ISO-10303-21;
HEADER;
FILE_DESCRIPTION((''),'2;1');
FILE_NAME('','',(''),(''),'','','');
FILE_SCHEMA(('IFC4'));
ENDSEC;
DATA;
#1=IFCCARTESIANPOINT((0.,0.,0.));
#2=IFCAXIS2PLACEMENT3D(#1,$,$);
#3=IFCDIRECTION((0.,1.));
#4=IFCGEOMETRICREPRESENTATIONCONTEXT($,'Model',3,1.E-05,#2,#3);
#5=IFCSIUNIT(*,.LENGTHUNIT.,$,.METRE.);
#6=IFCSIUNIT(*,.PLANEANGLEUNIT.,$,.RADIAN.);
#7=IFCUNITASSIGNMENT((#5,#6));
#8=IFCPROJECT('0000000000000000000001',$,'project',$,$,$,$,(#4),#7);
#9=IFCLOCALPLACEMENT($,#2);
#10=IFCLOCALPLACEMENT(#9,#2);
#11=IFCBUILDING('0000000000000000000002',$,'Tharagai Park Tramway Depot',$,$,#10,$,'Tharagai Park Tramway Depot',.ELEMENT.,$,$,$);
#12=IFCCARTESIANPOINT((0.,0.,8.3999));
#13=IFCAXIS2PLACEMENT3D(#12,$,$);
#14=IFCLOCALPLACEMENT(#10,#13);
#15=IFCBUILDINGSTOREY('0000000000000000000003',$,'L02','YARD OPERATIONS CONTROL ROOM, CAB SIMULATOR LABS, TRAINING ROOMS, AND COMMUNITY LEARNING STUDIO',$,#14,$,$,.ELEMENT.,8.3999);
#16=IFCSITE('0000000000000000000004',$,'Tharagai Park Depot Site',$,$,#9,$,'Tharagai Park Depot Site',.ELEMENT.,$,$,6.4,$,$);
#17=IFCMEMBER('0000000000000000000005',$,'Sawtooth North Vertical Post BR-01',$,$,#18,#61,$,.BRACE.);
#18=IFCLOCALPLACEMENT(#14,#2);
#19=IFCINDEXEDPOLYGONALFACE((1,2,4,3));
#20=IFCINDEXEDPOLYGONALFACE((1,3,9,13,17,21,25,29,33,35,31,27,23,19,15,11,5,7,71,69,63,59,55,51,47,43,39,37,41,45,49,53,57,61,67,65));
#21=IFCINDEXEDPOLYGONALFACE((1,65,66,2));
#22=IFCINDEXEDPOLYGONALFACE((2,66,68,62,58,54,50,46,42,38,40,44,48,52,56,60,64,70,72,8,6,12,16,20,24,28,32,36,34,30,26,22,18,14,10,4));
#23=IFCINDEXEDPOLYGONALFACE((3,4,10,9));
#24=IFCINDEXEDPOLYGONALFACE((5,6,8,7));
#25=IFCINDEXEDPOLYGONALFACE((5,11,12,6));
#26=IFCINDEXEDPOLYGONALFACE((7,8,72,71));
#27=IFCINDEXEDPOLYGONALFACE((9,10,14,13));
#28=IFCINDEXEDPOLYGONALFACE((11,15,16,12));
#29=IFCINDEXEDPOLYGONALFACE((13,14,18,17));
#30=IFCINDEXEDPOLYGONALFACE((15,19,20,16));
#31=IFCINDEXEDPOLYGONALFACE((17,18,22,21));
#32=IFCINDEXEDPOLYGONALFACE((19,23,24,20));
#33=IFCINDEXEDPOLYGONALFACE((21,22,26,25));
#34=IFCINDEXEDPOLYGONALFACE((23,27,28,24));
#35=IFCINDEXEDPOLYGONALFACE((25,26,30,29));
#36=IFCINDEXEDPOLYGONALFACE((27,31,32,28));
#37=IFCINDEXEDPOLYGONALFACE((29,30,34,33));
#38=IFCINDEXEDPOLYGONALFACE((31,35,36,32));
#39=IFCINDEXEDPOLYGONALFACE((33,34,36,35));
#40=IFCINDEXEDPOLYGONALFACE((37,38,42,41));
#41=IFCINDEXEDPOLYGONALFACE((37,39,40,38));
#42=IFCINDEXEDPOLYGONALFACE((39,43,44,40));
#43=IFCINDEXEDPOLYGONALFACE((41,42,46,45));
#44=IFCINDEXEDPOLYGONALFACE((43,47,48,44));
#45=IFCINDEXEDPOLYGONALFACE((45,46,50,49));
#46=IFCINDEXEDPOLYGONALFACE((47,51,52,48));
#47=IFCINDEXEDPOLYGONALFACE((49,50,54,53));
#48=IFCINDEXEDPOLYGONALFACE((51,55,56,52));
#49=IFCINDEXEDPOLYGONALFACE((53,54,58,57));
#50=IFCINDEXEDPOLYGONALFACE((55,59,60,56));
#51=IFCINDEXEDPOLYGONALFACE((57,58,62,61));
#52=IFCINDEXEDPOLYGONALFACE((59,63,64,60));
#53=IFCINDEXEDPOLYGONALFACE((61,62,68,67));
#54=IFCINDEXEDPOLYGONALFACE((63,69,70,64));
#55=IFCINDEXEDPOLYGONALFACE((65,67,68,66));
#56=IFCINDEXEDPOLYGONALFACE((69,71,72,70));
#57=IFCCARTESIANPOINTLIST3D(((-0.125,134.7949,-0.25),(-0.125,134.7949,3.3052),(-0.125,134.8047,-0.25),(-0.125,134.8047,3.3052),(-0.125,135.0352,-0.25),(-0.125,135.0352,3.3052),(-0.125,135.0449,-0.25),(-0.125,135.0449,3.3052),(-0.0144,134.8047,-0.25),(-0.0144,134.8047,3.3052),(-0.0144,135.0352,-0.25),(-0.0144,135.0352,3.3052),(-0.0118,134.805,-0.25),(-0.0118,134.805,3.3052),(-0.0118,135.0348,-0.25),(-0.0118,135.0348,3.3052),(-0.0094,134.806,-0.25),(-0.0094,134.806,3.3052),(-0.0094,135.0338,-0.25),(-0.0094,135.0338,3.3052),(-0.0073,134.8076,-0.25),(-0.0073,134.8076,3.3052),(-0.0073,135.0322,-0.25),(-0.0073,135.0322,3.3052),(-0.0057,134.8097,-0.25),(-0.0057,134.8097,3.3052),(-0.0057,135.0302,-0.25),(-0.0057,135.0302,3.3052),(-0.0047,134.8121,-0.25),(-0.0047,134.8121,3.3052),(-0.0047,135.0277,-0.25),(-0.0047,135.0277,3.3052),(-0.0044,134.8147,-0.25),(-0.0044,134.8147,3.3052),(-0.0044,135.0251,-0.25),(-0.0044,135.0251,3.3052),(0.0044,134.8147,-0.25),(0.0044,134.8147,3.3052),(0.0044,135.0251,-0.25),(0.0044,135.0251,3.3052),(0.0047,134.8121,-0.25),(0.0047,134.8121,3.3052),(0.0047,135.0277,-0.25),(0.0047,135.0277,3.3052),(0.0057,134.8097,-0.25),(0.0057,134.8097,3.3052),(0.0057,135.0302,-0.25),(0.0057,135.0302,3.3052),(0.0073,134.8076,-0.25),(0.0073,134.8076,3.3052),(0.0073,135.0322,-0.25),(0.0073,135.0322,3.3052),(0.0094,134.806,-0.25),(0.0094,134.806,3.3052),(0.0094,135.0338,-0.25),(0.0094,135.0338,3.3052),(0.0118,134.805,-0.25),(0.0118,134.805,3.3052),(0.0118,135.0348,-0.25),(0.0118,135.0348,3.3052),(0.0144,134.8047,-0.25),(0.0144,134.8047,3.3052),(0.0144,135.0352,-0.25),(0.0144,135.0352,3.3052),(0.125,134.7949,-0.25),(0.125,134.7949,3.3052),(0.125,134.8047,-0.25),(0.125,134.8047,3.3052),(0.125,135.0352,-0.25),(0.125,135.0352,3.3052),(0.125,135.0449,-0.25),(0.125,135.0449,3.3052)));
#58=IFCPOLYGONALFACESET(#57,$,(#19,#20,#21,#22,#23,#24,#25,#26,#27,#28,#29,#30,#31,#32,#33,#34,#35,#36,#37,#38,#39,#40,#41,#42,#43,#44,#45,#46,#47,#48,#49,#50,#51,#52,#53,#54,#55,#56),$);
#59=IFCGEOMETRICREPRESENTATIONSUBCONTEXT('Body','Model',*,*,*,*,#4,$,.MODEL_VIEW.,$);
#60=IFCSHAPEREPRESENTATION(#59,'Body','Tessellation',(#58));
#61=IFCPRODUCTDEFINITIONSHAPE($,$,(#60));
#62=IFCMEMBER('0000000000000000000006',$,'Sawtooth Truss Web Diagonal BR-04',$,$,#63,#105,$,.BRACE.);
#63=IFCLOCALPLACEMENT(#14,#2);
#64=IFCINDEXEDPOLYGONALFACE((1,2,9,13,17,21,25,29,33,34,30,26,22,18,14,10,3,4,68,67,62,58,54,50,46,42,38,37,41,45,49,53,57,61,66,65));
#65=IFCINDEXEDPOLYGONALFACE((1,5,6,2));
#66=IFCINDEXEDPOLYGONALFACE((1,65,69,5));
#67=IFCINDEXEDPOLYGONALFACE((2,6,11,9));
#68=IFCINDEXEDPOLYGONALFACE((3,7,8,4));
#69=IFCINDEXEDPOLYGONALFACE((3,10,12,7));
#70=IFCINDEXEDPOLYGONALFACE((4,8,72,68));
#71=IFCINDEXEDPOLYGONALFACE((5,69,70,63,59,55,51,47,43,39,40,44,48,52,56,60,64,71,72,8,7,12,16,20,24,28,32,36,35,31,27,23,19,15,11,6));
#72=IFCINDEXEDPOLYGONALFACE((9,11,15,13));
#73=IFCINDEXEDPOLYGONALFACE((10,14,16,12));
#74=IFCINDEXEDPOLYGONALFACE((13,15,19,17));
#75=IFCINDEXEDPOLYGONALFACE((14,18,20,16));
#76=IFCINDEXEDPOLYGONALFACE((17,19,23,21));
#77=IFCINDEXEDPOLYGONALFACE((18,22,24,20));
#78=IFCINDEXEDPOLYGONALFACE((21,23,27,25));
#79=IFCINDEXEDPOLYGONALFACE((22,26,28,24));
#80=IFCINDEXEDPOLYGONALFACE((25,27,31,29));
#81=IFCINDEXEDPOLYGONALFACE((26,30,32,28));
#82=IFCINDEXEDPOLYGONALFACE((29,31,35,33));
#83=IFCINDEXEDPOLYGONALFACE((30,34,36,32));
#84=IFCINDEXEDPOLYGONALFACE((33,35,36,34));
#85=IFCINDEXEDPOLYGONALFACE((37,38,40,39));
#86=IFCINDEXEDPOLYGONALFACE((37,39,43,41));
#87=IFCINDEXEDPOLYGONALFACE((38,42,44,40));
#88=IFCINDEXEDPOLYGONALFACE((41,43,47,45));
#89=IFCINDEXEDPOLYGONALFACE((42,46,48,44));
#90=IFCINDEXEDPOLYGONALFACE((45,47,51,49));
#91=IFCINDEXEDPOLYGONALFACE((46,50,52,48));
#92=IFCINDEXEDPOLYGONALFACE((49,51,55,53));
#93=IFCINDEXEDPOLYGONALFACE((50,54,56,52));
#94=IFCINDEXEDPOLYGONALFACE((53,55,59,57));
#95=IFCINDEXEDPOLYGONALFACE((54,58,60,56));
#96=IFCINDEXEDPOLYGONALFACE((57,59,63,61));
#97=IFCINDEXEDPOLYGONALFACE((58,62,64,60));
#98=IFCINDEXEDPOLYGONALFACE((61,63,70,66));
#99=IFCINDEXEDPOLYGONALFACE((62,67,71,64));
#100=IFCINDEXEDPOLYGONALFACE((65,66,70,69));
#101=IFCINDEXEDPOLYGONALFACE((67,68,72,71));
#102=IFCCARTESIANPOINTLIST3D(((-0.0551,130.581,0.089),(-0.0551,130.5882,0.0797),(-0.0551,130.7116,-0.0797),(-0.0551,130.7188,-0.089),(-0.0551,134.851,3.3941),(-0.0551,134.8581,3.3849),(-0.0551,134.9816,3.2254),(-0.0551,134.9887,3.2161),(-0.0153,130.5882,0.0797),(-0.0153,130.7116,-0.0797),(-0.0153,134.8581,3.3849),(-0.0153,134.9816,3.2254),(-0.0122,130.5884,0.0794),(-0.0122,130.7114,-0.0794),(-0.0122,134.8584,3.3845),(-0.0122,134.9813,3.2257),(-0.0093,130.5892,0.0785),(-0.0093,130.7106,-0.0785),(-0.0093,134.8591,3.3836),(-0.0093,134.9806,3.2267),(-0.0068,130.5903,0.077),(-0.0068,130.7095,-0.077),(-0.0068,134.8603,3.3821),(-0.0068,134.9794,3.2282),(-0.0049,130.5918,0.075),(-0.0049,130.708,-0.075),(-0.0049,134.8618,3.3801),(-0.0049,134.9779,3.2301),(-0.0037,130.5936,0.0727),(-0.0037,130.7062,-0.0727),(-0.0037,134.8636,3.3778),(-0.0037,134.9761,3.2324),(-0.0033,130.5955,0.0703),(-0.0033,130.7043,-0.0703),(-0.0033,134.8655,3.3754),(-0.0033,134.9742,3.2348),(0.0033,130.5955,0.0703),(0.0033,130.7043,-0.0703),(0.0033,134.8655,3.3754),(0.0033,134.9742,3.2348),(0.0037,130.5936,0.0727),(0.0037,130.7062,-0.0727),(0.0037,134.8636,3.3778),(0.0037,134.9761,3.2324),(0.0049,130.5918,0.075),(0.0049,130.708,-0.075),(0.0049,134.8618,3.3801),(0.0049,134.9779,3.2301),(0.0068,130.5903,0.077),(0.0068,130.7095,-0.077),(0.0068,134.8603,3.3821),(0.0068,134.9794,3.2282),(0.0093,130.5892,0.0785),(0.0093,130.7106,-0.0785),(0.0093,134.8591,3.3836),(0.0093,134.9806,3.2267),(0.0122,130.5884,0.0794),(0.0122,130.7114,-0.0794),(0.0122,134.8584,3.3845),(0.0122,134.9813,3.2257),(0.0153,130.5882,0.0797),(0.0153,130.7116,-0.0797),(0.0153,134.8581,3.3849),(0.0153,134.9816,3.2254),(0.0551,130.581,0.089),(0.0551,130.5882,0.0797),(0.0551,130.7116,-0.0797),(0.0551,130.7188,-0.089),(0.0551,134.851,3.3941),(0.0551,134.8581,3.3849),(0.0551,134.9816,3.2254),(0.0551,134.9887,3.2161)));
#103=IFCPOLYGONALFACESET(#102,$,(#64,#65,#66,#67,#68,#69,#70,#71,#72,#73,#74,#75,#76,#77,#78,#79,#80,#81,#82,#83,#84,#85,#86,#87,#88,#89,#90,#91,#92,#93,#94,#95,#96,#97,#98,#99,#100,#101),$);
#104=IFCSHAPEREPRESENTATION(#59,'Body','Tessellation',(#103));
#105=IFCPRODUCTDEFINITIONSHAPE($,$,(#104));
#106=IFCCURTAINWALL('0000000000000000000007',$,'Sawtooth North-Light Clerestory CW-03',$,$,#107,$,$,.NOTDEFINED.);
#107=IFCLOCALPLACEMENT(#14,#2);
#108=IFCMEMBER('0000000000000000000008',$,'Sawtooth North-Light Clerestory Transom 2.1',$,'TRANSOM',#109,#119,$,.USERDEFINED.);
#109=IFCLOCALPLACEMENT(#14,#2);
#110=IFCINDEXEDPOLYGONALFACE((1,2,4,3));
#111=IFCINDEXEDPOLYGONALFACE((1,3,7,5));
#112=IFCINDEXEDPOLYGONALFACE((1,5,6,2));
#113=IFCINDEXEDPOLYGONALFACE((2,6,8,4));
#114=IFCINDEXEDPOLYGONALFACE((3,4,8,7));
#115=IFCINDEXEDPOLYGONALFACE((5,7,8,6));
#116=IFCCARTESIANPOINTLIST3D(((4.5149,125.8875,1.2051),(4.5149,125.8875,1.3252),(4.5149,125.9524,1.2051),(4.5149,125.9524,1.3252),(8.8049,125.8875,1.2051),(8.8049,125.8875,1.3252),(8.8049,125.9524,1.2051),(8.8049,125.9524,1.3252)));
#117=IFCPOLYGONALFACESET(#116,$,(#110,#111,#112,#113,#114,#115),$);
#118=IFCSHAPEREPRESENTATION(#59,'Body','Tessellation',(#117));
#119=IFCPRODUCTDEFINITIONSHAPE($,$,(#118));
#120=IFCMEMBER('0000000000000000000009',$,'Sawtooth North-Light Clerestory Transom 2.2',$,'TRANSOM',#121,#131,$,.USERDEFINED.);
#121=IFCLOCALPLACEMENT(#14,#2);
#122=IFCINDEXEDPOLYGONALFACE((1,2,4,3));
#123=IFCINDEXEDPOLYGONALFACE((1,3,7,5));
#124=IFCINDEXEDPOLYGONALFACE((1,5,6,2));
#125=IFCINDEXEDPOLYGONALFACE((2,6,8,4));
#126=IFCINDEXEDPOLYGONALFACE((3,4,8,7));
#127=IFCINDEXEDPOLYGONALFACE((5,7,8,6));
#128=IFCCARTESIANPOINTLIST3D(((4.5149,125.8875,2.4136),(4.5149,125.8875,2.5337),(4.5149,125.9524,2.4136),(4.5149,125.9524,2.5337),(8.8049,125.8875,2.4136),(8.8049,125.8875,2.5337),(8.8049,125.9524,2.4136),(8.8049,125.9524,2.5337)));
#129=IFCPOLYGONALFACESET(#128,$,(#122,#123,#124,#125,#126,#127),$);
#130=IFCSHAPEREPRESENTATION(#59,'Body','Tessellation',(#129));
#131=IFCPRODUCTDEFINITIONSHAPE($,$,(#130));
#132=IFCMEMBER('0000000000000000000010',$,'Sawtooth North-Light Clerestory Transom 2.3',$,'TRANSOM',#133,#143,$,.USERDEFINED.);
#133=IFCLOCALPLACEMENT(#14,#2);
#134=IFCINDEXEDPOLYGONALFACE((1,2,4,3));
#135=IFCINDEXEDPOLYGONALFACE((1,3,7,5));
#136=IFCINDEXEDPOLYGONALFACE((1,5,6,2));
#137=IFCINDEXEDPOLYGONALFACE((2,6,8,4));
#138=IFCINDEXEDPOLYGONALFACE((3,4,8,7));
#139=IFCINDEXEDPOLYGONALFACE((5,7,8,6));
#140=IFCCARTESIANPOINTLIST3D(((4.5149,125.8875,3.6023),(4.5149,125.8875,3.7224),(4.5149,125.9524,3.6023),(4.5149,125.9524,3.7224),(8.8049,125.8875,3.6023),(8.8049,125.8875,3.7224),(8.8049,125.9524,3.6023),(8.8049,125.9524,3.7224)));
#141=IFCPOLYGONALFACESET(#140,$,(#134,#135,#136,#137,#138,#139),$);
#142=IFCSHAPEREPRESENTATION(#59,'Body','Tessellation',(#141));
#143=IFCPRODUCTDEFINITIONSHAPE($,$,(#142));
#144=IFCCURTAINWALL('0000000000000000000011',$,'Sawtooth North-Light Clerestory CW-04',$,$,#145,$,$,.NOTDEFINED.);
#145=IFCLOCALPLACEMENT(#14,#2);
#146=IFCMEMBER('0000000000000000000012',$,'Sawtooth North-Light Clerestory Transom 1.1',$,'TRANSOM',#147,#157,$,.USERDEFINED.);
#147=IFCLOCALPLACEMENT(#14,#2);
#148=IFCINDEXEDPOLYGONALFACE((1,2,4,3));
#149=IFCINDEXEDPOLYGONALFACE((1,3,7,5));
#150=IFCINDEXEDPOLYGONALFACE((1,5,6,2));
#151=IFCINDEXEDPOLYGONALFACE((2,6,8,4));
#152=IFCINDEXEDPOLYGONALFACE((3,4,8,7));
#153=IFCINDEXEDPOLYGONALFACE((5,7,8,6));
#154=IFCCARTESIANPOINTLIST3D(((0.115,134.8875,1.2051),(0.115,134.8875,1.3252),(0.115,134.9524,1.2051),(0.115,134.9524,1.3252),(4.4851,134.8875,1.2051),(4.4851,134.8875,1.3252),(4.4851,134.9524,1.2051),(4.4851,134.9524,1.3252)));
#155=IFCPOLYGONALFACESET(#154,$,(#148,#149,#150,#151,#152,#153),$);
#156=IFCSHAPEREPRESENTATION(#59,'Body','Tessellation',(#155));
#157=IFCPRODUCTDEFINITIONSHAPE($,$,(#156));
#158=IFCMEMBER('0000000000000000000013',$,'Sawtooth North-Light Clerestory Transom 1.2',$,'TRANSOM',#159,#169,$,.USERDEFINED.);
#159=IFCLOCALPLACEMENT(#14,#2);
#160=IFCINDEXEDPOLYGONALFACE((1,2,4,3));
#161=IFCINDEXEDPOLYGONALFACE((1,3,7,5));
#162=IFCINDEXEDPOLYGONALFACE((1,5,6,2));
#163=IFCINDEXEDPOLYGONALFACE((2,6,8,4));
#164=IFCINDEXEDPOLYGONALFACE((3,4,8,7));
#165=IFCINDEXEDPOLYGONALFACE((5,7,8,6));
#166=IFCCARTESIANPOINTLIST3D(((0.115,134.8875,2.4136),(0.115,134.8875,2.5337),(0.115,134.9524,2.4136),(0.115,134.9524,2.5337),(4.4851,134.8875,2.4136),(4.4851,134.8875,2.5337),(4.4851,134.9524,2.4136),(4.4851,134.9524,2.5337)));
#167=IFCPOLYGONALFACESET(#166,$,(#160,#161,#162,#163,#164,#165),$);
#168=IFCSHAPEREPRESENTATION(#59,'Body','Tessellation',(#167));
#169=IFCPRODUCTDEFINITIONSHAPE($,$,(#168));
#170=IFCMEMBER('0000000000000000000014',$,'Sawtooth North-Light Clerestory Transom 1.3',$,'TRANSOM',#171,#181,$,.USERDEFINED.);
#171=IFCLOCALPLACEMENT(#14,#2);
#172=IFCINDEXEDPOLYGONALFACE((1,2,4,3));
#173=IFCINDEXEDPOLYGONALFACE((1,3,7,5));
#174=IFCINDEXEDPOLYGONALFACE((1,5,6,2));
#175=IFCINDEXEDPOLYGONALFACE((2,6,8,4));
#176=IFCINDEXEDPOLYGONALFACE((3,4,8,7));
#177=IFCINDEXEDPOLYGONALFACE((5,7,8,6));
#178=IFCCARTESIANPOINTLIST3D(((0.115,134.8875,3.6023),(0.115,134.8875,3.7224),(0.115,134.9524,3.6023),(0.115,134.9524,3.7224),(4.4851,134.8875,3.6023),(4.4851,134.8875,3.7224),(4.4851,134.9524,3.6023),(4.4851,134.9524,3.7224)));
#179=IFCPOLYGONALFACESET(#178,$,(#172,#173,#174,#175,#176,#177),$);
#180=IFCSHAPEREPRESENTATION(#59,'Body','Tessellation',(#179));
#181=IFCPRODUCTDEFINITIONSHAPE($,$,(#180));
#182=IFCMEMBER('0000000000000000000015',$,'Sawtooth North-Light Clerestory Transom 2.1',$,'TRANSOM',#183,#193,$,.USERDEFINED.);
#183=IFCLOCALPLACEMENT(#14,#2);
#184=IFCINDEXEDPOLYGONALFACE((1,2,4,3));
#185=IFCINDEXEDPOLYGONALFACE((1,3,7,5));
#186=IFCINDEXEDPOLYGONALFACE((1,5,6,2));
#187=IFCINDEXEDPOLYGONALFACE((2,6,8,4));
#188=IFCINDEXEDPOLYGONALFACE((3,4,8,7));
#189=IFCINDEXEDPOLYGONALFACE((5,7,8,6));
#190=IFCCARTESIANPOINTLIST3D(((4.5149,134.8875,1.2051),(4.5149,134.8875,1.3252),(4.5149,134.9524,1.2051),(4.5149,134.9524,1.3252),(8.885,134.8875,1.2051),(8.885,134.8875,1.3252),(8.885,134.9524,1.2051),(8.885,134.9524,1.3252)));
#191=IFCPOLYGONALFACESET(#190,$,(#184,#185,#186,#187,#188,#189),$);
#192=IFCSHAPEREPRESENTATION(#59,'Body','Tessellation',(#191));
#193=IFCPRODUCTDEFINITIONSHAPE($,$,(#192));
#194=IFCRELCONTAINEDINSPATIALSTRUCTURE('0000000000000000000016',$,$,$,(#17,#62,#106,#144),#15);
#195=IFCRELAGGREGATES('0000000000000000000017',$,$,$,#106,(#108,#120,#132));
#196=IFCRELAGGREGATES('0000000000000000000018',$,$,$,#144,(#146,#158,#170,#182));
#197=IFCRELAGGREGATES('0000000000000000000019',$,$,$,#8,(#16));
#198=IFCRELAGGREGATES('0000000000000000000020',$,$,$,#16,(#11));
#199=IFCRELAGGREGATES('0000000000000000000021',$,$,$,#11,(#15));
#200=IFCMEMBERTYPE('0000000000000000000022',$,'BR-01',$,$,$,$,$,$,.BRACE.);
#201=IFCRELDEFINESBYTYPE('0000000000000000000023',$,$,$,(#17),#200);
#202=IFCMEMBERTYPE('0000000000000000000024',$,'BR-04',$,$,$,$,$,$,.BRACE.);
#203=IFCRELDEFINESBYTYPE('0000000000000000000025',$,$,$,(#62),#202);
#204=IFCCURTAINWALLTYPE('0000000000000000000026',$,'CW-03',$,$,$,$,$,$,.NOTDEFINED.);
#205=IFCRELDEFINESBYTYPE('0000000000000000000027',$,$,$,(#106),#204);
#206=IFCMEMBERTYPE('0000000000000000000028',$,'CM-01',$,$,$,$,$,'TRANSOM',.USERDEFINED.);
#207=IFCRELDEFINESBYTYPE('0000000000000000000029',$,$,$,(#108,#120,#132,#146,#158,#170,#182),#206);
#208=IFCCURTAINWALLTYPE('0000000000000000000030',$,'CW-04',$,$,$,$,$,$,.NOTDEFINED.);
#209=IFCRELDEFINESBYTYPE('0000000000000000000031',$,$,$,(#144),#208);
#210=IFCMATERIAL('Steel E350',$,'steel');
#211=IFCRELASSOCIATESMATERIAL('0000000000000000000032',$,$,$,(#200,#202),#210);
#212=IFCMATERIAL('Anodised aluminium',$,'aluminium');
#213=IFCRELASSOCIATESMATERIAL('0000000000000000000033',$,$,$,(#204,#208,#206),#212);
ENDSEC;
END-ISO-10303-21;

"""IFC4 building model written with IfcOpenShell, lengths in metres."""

from ifc_helpers import new_model, si_unit, direction, frame, origin, origin_2d, place, context, subcontext, project, spatial, rectangle, i_section, extrude, material, material_profile, profile_set, type_object, element, aggregate, save


model = new_model("IFC4")

# Units and contexts
model_context = context("Model", 3, precision=1e-05, world=origin(), true_north=direction((0.0, 1.0)))
body_context = subcontext(model_context, "Body", "Model", "MODEL_VIEW")
ifc_project = project(units=[si_unit("LENGTHUNIT", "METRE"), si_unit("PLANEANGLEUNIT", "RADIAN")], contexts=[model_context])

# Site, building, storey
site_placement = place(None, origin())
site = spatial("IfcSite", under=ifc_project, at=site_placement, Name="Tharagai Park Depot Site", LongName="Tharagai Park Depot Site", CompositionType="ELEMENT", RefElevation=6.4)
building_placement = place(site_placement, origin())
building = spatial("IfcBuilding", under=site, at=building_placement, Name="Tharagai Park Tramway Depot", LongName="Tharagai Park Tramway Depot", CompositionType="ELEMENT")
storey_placement = place(building_placement, frame((0.0, 0.0, 8.3999)))
storey = spatial("IfcBuildingStorey", under=building, at=storey_placement, Name="L02", Description="YARD OPERATIONS CONTROL ROOM, CAB SIMULATOR LABS, TRAINING ROOMS, AND COMMUNITY LEARNING STUDIO", CompositionType="ELEMENT", Elevation=8.3999)

# Members
ifc_material_1 = material(Name="Steel E350", Category="steel")
ifc_material_profile_1 = material_profile(ifc_material_1, i_section(OverallWidth=0.25, OverallDepth=0.25, WebThickness=0.0088, FlangeThickness=0.0098, FilletRadius=0.01, at=origin_2d()), Name="ISHB 250")
ifc_profile_set_1 = profile_set([ifc_material_profile_1], Name="Steel E350")
member_type_1 = type_object("IfcMemberType", Name="BR-01", PredefinedType="BRACE", material=ifc_profile_set_1)
member_1_placement = place(storey_placement, frame((0.0, 134.9199, -0.25), z_axis=(0.0, 0.0, 1.0), x_axis=(1.0, 0.0, 0.0)))
element("IfcMember", 1, at=member_1_placement, inside=storey, type_object=member_type_1, Name="Sawtooth North Vertical Post BR-01", PredefinedType="BRACE", context=body_context, shape_type="SweptSolid", body=[
    extrude(i_section(OverallWidth=0.25, OverallDepth=0.25, WebThickness=0.0088, FlangeThickness=0.0098, FilletRadius=0.01, at=origin_2d()), origin(), (0.0, 0.0, 1.0), 3.5552),
])
ifc_material_profile_2 = material_profile(ifc_material_1, i_section(OverallWidth=0.1101, OverallDepth=0.2251, WebThickness=0.0066, FlangeThickness=0.0117, FilletRadius=0.012, at=origin_2d()), Name="ISMB 225")
ifc_profile_set_2 = profile_set([ifc_material_profile_2], Name="Steel E350")
member_type_2 = type_object("IfcMemberType", Name="BR-04", PredefinedType="BRACE", material=ifc_profile_set_2)
member_2_placement = place(storey_placement, frame((0.0, 130.6499, 0.0), z_axis=(0.0, 0.790782, 0.612098), x_axis=(-1.0, 0.0, 0.0)))
element("IfcMember", 2, at=member_2_placement, inside=storey, type_object=member_type_2, Name="Sawtooth Truss Web Diagonal BR-04", PredefinedType="BRACE", context=body_context, shape_type="SweptSolid", body=[
    extrude(i_section(OverallWidth=0.1101, OverallDepth=0.2251, WebThickness=0.0066, FlangeThickness=0.0117, FilletRadius=0.012, at=origin_2d()), origin(), (0.0, 0.0, 1.0), 5.3997),
])

# Curtain walls, members
ifc_material_2 = material(Name="Anodised aluminium", Category="aluminium")
curtain_wall_type_1 = type_object("IfcCurtainWallType", Name="CW-03", PredefinedType="NOTDEFINED", material=ifc_material_2)
curtain_wall_1_placement = place(storey_placement, origin())
curtain_wall_1 = element("IfcCurtainWall", 3, at=curtain_wall_1_placement, inside=storey, type_object=curtain_wall_type_1, Name="Sawtooth North-Light Clerestory CW-03", PredefinedType="NOTDEFINED")
ifc_material_profile_3 = material_profile(ifc_material_2, rectangle(XDim=0.0649, YDim=0.1201, at=origin_2d()), Name="ALU 65x120")
ifc_profile_set_3 = profile_set([ifc_material_profile_3], Name="Anodised aluminium")
member_type_3 = type_object("IfcMemberType", Name="CM-01", ElementType="TRANSOM", PredefinedType="USERDEFINED", material=ifc_profile_set_3)
member_3_placement = place(storey_placement, frame((4.5149, 125.9199, 1.2651), z_axis=(1.0, 0.0, 0.0), x_axis=(0.0, 1.0, 0.0)))
member_3 = element("IfcMember", 4, at=member_3_placement, type_object=member_type_3, Name="Sawtooth North-Light Clerestory Transom 2.1", ObjectType="TRANSOM", PredefinedType="USERDEFINED", context=body_context, shape_type="SweptSolid", body=[
    extrude(rectangle(XDim=0.0649, YDim=0.1201, at=origin_2d()), origin(), (0.0, 0.0, 1.0), 4.29),
])
member_4_placement = place(storey_placement, frame((4.5149, 125.9199, 2.4736), z_axis=(1.0, 0.0, 0.0), x_axis=(0.0, 1.0, 0.0)))
member_4 = element("IfcMember", 5, at=member_4_placement, type_object=member_type_3, Name="Sawtooth North-Light Clerestory Transom 2.2", ObjectType="TRANSOM", PredefinedType="USERDEFINED", context=body_context, shape_type="SweptSolid", body=[
    extrude(rectangle(XDim=0.0649, YDim=0.1201, at=origin_2d()), origin(), (0.0, 0.0, 1.0), 4.29),
])
member_5_placement = place(storey_placement, frame((4.5149, 125.9199, 3.6624), z_axis=(1.0, 0.0, 0.0), x_axis=(0.0, 1.0, 0.0)))
member_5 = element("IfcMember", 6, at=member_5_placement, type_object=member_type_3, Name="Sawtooth North-Light Clerestory Transom 2.3", ObjectType="TRANSOM", PredefinedType="USERDEFINED", context=body_context, shape_type="SweptSolid", body=[
    extrude(rectangle(XDim=0.0649, YDim=0.1201, at=origin_2d()), origin(), (0.0, 0.0, 1.0), 4.29),
])
curtain_wall_type_2 = type_object("IfcCurtainWallType", Name="CW-04", PredefinedType="NOTDEFINED", material=ifc_material_2)
curtain_wall_2_placement = place(storey_placement, origin())
curtain_wall_2 = element("IfcCurtainWall", 7, at=curtain_wall_2_placement, inside=storey, type_object=curtain_wall_type_2, Name="Sawtooth North-Light Clerestory CW-04", PredefinedType="NOTDEFINED")
member_6_placement = place(storey_placement, frame((0.115, 134.9199, 1.2651), z_axis=(1.0, 0.0, 0.0), x_axis=(0.0, 1.0, 0.0)))
member_6 = element("IfcMember", 8, at=member_6_placement, type_object=member_type_3, Name="Sawtooth North-Light Clerestory Transom 1.1", ObjectType="TRANSOM", PredefinedType="USERDEFINED", context=body_context, shape_type="SweptSolid", body=[
    extrude(rectangle(XDim=0.0649, YDim=0.1201, at=origin_2d()), origin(), (0.0, 0.0, 1.0), 4.3701),
])
member_7_placement = place(storey_placement, frame((0.115, 134.9199, 2.4736), z_axis=(1.0, 0.0, 0.0), x_axis=(0.0, 1.0, 0.0)))
member_7 = element("IfcMember", 9, at=member_7_placement, type_object=member_type_3, Name="Sawtooth North-Light Clerestory Transom 1.2", ObjectType="TRANSOM", PredefinedType="USERDEFINED", context=body_context, shape_type="SweptSolid", body=[
    extrude(rectangle(XDim=0.0649, YDim=0.1201, at=origin_2d()), origin(), (0.0, 0.0, 1.0), 4.3701),
])
member_8_placement = place(storey_placement, frame((0.115, 134.9199, 3.6624), z_axis=(1.0, 0.0, 0.0), x_axis=(0.0, 1.0, 0.0)))
member_8 = element("IfcMember", 10, at=member_8_placement, type_object=member_type_3, Name="Sawtooth North-Light Clerestory Transom 1.3", ObjectType="TRANSOM", PredefinedType="USERDEFINED", context=body_context, shape_type="SweptSolid", body=[
    extrude(rectangle(XDim=0.0649, YDim=0.1201, at=origin_2d()), origin(), (0.0, 0.0, 1.0), 4.3701),
])
member_9_placement = place(storey_placement, frame((4.5149, 134.9199, 1.2651), z_axis=(1.0, 0.0, 0.0), x_axis=(0.0, 1.0, 0.0)))
member_9 = element("IfcMember", 11, at=member_9_placement, type_object=member_type_3, Name="Sawtooth North-Light Clerestory Transom 2.1", ObjectType="TRANSOM", PredefinedType="USERDEFINED", context=body_context, shape_type="SweptSolid", body=[
    extrude(rectangle(XDim=0.0649, YDim=0.1201, at=origin_2d()), origin(), (0.0, 0.0, 1.0), 4.3701),
])

aggregate(curtain_wall_1, [member_3, member_4, member_5])
aggregate(curtain_wall_2, [member_6, member_7, member_8, member_9])

save(model, "model.ifc")
